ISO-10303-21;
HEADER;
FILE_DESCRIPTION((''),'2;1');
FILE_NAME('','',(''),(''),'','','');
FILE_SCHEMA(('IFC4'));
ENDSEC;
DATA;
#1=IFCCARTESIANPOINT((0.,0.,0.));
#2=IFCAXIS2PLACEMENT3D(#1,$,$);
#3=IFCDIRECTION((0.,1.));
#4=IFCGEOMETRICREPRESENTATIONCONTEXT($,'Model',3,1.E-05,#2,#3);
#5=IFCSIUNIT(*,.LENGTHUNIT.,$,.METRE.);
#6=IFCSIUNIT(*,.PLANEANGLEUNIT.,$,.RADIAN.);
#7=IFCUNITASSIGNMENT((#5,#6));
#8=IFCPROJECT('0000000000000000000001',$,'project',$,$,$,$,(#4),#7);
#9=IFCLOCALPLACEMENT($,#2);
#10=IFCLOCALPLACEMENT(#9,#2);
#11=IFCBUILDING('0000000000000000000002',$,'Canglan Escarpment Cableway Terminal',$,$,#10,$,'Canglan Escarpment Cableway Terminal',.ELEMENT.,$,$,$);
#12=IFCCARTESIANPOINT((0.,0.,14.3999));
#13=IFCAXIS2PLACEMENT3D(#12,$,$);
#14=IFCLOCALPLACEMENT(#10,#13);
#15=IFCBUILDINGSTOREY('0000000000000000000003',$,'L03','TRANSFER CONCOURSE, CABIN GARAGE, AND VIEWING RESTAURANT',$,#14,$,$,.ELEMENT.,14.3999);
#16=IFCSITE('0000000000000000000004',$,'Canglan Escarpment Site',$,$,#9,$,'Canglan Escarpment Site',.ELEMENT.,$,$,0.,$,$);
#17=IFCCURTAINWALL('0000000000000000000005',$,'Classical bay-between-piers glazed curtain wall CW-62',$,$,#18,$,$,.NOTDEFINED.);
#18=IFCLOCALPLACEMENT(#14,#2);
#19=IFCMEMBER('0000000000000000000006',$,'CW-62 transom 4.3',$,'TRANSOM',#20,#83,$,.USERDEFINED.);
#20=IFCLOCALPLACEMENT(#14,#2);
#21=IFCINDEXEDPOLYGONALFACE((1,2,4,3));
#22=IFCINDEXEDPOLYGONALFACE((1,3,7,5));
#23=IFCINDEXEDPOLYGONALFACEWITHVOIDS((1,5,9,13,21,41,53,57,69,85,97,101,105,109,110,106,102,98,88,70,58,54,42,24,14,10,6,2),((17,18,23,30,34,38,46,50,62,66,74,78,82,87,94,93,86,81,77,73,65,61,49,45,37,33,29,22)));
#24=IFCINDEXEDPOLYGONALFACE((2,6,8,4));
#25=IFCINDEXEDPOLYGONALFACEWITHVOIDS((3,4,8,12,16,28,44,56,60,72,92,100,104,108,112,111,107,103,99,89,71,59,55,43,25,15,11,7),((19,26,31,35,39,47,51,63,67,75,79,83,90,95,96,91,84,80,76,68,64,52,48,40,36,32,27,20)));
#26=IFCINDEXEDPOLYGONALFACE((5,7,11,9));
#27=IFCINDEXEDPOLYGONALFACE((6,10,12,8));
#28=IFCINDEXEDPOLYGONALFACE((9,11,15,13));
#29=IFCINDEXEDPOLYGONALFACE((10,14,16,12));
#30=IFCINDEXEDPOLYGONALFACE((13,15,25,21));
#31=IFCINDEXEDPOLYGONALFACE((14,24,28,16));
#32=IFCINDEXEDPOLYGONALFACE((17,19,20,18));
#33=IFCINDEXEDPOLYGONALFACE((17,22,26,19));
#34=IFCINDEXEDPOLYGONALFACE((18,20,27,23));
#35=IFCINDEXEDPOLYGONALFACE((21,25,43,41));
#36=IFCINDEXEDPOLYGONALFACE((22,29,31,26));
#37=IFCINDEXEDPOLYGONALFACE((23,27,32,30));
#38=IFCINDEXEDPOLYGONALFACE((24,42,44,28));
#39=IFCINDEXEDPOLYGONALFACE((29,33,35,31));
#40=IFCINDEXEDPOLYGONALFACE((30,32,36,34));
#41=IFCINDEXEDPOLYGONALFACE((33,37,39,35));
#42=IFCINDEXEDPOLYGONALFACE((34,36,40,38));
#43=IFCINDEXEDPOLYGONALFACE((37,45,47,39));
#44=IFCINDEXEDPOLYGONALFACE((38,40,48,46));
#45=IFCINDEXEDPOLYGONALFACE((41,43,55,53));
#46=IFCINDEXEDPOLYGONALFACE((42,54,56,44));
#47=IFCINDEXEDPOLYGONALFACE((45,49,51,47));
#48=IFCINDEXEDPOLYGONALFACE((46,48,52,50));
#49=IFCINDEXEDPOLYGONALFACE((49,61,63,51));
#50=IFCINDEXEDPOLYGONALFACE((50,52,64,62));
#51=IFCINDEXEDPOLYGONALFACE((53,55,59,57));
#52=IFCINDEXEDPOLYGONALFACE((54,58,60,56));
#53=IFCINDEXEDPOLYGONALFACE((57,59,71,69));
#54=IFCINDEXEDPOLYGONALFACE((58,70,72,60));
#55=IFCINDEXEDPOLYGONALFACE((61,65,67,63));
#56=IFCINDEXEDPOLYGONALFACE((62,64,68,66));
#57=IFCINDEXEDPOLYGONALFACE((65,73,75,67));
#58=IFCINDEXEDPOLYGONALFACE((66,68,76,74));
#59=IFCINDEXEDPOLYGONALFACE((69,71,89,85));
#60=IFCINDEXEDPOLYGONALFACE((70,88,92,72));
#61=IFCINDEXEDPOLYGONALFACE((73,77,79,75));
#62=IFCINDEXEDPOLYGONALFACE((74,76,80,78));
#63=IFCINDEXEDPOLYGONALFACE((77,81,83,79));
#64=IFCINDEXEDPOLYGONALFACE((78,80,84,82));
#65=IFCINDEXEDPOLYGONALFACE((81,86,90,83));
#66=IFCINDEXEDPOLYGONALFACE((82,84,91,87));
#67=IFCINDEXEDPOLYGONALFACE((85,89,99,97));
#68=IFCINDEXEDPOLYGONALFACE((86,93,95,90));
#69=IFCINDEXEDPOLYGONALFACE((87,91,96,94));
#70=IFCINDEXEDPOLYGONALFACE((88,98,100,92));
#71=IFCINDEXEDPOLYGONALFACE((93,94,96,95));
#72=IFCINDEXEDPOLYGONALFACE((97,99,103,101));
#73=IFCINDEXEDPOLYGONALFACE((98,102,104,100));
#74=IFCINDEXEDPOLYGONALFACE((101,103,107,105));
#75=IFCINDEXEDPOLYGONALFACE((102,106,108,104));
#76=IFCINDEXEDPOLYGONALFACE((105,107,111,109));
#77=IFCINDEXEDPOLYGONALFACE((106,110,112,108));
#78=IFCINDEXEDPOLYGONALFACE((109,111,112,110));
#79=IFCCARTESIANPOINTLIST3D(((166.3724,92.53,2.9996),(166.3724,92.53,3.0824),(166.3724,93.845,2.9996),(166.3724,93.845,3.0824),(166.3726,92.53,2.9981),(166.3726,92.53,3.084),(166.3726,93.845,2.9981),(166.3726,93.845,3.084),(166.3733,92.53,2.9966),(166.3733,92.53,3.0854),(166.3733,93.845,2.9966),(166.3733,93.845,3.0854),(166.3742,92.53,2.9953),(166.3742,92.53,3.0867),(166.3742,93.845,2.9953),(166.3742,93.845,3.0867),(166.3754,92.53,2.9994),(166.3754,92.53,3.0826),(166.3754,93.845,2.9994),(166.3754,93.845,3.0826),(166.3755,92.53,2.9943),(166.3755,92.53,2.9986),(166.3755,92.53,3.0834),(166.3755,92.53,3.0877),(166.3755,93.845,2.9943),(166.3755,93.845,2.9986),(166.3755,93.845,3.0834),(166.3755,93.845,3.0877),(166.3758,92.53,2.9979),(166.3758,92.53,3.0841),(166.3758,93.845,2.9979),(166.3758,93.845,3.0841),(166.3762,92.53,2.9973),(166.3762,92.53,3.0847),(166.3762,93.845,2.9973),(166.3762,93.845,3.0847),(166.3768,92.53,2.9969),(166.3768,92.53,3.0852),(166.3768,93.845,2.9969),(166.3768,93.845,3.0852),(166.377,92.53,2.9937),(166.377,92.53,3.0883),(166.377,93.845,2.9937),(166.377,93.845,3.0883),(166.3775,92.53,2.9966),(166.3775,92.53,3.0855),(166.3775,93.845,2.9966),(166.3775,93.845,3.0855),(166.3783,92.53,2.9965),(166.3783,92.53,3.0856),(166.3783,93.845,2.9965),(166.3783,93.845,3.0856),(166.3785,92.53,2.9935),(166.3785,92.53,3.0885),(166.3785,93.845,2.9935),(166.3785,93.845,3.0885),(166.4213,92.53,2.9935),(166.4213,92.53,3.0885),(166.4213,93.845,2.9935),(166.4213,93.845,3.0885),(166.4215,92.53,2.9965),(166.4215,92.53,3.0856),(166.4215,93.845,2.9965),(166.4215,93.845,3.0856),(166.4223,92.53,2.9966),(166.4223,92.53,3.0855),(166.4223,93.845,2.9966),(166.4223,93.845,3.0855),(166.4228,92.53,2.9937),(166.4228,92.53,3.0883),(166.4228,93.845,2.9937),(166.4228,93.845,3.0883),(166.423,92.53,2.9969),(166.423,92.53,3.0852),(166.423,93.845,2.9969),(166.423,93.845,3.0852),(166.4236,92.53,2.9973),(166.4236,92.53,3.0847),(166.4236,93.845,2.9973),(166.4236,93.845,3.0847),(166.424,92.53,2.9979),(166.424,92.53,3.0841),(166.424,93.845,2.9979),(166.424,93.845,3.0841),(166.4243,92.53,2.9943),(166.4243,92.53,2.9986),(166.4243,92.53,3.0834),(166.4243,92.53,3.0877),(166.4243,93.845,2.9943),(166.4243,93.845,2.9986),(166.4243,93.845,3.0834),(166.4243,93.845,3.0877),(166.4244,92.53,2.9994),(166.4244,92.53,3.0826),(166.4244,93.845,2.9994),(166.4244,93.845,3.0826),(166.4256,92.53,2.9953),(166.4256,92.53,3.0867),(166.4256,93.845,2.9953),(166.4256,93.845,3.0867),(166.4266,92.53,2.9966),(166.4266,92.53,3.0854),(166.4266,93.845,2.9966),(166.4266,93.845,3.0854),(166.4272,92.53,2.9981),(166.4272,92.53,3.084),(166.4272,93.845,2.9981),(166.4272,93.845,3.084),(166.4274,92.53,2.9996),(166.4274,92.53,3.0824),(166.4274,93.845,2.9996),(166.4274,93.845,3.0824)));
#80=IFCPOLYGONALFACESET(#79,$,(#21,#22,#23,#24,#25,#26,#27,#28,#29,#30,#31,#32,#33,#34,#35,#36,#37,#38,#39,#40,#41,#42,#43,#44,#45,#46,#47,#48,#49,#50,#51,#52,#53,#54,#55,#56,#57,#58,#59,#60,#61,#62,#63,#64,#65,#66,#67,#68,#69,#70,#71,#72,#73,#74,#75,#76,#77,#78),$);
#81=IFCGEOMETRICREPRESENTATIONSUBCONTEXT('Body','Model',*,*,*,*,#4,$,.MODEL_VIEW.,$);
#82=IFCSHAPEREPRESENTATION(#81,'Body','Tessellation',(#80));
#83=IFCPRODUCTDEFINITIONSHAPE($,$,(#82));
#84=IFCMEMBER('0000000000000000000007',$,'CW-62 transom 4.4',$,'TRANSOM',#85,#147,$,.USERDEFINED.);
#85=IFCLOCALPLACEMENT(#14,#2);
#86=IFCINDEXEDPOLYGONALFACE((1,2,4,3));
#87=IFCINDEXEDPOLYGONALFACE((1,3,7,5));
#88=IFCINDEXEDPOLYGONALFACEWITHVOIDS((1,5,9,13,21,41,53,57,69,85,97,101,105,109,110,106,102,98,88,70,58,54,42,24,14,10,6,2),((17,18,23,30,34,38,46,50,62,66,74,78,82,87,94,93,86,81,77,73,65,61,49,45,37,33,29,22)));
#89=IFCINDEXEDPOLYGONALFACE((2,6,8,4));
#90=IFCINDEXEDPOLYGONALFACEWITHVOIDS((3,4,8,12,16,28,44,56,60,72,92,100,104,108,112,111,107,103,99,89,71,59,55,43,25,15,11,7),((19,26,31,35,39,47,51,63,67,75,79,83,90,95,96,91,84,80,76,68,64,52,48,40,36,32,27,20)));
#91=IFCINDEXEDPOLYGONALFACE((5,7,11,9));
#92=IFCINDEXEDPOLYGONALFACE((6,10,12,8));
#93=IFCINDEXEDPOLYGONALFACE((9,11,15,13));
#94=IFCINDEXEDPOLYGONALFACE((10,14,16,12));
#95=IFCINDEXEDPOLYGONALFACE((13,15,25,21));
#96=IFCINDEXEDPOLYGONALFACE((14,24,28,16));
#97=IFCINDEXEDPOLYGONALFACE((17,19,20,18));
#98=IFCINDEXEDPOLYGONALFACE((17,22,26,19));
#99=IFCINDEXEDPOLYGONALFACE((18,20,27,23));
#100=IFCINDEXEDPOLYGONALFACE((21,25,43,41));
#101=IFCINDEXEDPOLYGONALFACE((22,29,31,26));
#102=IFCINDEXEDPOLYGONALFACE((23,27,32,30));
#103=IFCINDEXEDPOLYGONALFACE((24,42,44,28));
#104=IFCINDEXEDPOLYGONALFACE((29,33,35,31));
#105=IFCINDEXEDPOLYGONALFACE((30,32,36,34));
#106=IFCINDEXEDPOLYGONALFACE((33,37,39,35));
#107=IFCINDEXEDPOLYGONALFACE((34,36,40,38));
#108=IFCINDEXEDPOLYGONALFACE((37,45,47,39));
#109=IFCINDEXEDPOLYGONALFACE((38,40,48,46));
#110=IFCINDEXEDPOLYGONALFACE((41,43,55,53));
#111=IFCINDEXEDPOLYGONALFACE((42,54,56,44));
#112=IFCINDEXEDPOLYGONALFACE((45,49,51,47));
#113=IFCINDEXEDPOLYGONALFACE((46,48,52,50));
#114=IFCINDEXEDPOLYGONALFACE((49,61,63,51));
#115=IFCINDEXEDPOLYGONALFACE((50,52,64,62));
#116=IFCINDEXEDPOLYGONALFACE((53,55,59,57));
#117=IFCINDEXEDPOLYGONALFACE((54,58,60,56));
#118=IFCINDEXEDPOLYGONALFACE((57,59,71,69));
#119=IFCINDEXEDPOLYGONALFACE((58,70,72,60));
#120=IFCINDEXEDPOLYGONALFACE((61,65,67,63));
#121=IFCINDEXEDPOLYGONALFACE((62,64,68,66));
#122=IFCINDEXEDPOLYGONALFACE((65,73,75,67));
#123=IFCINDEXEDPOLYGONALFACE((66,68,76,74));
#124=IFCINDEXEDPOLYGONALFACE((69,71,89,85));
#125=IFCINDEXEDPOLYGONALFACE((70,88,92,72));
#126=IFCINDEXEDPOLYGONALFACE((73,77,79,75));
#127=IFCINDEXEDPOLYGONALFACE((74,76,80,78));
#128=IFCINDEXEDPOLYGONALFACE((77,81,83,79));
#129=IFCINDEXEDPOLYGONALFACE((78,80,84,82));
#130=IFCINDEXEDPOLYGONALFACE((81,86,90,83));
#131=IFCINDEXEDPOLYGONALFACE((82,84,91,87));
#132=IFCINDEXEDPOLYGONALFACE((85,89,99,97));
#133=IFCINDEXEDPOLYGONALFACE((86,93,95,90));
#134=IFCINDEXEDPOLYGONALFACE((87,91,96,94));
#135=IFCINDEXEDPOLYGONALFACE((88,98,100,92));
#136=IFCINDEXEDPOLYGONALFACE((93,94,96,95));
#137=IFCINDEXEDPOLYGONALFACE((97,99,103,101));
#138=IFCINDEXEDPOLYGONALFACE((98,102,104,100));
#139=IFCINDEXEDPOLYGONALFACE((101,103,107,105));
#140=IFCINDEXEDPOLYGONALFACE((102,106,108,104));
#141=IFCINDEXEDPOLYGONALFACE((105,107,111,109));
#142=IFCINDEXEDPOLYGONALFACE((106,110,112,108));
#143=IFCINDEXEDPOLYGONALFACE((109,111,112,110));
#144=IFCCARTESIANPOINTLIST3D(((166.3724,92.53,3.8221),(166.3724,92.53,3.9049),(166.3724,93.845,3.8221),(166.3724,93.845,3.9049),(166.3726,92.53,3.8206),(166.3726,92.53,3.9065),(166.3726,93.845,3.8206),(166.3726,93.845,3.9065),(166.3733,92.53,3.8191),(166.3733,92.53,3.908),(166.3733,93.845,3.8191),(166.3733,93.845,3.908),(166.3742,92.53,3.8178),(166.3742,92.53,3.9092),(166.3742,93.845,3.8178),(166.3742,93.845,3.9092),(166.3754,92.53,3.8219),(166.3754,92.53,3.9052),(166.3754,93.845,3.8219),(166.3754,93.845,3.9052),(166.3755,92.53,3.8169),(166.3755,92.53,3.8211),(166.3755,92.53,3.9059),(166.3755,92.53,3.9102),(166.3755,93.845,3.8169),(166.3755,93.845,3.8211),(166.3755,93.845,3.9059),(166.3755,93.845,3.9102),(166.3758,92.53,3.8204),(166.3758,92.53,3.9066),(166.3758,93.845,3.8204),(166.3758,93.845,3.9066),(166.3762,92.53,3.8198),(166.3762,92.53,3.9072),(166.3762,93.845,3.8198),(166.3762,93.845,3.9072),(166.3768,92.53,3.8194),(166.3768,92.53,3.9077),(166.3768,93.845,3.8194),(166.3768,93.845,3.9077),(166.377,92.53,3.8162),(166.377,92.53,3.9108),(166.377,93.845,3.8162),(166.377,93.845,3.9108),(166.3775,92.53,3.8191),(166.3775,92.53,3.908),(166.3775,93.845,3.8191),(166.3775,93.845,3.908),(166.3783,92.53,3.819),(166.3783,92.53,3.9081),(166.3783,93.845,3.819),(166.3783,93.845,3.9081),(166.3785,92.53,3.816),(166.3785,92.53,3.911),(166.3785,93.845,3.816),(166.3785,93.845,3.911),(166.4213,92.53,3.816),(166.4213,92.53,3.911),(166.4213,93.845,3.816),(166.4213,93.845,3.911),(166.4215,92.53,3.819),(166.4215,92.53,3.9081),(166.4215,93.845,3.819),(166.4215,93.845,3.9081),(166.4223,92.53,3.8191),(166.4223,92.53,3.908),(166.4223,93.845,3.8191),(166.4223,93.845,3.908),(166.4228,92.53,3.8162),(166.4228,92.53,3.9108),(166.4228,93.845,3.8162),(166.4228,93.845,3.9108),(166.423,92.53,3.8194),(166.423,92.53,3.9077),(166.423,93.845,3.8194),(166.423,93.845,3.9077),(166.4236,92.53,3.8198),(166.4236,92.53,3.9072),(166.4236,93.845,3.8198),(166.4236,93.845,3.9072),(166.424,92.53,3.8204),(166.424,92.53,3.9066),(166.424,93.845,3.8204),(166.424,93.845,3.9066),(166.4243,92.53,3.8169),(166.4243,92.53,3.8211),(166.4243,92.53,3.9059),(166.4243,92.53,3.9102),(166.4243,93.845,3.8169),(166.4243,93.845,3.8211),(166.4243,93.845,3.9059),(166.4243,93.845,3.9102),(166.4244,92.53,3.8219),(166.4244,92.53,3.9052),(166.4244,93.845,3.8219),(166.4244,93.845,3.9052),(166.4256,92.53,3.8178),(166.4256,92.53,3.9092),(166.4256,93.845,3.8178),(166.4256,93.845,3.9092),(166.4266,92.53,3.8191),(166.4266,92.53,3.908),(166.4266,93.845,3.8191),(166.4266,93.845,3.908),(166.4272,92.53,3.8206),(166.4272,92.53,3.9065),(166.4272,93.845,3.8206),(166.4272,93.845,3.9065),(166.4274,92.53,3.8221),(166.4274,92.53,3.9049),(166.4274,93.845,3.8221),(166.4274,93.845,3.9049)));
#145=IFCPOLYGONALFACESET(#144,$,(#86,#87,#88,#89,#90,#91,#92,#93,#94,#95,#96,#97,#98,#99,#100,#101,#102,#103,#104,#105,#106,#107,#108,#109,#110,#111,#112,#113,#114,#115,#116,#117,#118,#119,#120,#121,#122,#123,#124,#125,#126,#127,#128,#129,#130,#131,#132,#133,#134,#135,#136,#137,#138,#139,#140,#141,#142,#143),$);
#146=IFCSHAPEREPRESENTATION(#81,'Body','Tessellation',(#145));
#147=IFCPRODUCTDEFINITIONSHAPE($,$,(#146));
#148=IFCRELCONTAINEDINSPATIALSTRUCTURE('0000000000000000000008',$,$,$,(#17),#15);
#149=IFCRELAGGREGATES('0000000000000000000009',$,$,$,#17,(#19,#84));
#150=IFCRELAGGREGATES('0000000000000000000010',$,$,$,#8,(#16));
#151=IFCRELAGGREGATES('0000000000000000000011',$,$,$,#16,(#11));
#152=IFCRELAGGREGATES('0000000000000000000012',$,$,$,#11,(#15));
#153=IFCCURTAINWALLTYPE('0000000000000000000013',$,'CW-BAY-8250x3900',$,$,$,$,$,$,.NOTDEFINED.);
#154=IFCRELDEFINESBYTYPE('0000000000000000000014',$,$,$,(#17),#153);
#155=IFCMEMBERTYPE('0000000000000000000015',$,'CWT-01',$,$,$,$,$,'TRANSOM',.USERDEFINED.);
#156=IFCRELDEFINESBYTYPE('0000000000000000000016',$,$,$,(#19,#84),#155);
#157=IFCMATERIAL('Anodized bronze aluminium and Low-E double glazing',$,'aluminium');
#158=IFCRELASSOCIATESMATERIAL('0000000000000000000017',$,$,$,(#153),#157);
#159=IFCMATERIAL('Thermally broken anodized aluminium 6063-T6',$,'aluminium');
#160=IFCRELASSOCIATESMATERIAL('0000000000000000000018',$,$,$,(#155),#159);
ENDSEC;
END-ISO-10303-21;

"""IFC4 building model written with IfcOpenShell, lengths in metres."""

from ifc_helpers import new_model, si_unit, direction, frame, origin, origin_2d, place, context, subcontext, project, spatial, hollow_rectangle, extrude, material, material_profile, profile_set, type_object, element, aggregate, save


model = new_model("IFC4")

# Units and contexts
model_context = context("Model", 3, precision=1e-05, world=origin(), true_north=direction((0.0, 1.0)))
body_context = subcontext(model_context, "Body", "Model", "MODEL_VIEW")
ifc_project = project(units=[si_unit("LENGTHUNIT", "METRE"), si_unit("PLANEANGLEUNIT", "RADIAN")], contexts=[model_context])

# Site, building, storey
site_placement = place(None, origin())
site = spatial("IfcSite", under=ifc_project, at=site_placement, Name="Canglan Escarpment Site", LongName="Canglan Escarpment Site", CompositionType="ELEMENT", RefElevation=0.0)
building_placement = place(site_placement, origin())
building = spatial("IfcBuilding", under=site, at=building_placement, Name="Canglan Escarpment Cableway Terminal", LongName="Canglan Escarpment Cableway Terminal", CompositionType="ELEMENT")
storey_placement = place(building_placement, frame((0.0, 0.0, 14.3999)))
storey = spatial("IfcBuildingStorey", under=building, at=storey_placement, Name="L03", Description="TRANSFER CONCOURSE, CABIN GARAGE, AND VIEWING RESTAURANT", CompositionType="ELEMENT", Elevation=14.3999)

# Curtain wall, members
ifc_material_1 = material(Name="Anodized bronze aluminium and Low-E double glazing", Category="aluminium")
curtain_wall_type = type_object("IfcCurtainWallType", Name="CW-BAY-8250x3900", PredefinedType="NOTDEFINED", material=ifc_material_1)
curtain_wall_placement = place(storey_placement, origin())
curtain_wall = element("IfcCurtainWall", 1, at=curtain_wall_placement, inside=storey, type_object=curtain_wall_type, Name="Classical bay-between-piers glazed curtain wall CW-62", PredefinedType="NOTDEFINED")
ifc_material_2 = material(Name="Thermally broken anodized aluminium 6063-T6", Category="aluminium")
ifc_material_profile_1 = material_profile(ifc_material_2, hollow_rectangle(XDim=0.0549, YDim=0.095, WallThickness=0.0029, InnerFilletRadius=0.0029, OuterFilletRadius=0.0061, at=origin_2d()), Name="ALU-TRAN 55x95x3")
ifc_profile_set_1 = profile_set([ifc_material_profile_1], Name="Thermally broken anodized aluminium 6063-T6")
member_type_1 = type_object("IfcMemberType", Name="CWT-01", ElementType="TRANSOM", PredefinedType="USERDEFINED", material=ifc_profile_set_1)
member_1_placement = place(storey_placement, frame((166.3999, 92.53, 3.041), z_axis=(0.0, 1.0, 0.0), x_axis=(-1.0, 0.0, 0.0)))
member_1 = element("IfcMember", 2, at=member_1_placement, type_object=member_type_1, Name="CW-62 transom 4.3", ObjectType="TRANSOM", PredefinedType="USERDEFINED", context=body_context, shape_type="SweptSolid", body=[
    extrude(hollow_rectangle(XDim=0.0549, YDim=0.095, WallThickness=0.0029, InnerFilletRadius=0.0029, OuterFilletRadius=0.0061, at=origin_2d()), origin(), (0.0, 0.0, 1.0), 1.3149),
])
member_2_placement = place(storey_placement, frame((166.3999, 92.53, 3.8635), z_axis=(0.0, 1.0, 0.0), x_axis=(-1.0, 0.0, 0.0)))
member_2 = element("IfcMember", 3, at=member_2_placement, type_object=member_type_1, Name="CW-62 transom 4.4", ObjectType="TRANSOM", PredefinedType="USERDEFINED", context=body_context, shape_type="SweptSolid", body=[
    extrude(hollow_rectangle(XDim=0.0549, YDim=0.095, WallThickness=0.0029, InnerFilletRadius=0.0029, OuterFilletRadius=0.0061, at=origin_2d()), origin(), (0.0, 0.0, 1.0), 1.3149),
])
aggregate(curtain_wall, [member_1, member_2])

save(model, "model.ifc")
